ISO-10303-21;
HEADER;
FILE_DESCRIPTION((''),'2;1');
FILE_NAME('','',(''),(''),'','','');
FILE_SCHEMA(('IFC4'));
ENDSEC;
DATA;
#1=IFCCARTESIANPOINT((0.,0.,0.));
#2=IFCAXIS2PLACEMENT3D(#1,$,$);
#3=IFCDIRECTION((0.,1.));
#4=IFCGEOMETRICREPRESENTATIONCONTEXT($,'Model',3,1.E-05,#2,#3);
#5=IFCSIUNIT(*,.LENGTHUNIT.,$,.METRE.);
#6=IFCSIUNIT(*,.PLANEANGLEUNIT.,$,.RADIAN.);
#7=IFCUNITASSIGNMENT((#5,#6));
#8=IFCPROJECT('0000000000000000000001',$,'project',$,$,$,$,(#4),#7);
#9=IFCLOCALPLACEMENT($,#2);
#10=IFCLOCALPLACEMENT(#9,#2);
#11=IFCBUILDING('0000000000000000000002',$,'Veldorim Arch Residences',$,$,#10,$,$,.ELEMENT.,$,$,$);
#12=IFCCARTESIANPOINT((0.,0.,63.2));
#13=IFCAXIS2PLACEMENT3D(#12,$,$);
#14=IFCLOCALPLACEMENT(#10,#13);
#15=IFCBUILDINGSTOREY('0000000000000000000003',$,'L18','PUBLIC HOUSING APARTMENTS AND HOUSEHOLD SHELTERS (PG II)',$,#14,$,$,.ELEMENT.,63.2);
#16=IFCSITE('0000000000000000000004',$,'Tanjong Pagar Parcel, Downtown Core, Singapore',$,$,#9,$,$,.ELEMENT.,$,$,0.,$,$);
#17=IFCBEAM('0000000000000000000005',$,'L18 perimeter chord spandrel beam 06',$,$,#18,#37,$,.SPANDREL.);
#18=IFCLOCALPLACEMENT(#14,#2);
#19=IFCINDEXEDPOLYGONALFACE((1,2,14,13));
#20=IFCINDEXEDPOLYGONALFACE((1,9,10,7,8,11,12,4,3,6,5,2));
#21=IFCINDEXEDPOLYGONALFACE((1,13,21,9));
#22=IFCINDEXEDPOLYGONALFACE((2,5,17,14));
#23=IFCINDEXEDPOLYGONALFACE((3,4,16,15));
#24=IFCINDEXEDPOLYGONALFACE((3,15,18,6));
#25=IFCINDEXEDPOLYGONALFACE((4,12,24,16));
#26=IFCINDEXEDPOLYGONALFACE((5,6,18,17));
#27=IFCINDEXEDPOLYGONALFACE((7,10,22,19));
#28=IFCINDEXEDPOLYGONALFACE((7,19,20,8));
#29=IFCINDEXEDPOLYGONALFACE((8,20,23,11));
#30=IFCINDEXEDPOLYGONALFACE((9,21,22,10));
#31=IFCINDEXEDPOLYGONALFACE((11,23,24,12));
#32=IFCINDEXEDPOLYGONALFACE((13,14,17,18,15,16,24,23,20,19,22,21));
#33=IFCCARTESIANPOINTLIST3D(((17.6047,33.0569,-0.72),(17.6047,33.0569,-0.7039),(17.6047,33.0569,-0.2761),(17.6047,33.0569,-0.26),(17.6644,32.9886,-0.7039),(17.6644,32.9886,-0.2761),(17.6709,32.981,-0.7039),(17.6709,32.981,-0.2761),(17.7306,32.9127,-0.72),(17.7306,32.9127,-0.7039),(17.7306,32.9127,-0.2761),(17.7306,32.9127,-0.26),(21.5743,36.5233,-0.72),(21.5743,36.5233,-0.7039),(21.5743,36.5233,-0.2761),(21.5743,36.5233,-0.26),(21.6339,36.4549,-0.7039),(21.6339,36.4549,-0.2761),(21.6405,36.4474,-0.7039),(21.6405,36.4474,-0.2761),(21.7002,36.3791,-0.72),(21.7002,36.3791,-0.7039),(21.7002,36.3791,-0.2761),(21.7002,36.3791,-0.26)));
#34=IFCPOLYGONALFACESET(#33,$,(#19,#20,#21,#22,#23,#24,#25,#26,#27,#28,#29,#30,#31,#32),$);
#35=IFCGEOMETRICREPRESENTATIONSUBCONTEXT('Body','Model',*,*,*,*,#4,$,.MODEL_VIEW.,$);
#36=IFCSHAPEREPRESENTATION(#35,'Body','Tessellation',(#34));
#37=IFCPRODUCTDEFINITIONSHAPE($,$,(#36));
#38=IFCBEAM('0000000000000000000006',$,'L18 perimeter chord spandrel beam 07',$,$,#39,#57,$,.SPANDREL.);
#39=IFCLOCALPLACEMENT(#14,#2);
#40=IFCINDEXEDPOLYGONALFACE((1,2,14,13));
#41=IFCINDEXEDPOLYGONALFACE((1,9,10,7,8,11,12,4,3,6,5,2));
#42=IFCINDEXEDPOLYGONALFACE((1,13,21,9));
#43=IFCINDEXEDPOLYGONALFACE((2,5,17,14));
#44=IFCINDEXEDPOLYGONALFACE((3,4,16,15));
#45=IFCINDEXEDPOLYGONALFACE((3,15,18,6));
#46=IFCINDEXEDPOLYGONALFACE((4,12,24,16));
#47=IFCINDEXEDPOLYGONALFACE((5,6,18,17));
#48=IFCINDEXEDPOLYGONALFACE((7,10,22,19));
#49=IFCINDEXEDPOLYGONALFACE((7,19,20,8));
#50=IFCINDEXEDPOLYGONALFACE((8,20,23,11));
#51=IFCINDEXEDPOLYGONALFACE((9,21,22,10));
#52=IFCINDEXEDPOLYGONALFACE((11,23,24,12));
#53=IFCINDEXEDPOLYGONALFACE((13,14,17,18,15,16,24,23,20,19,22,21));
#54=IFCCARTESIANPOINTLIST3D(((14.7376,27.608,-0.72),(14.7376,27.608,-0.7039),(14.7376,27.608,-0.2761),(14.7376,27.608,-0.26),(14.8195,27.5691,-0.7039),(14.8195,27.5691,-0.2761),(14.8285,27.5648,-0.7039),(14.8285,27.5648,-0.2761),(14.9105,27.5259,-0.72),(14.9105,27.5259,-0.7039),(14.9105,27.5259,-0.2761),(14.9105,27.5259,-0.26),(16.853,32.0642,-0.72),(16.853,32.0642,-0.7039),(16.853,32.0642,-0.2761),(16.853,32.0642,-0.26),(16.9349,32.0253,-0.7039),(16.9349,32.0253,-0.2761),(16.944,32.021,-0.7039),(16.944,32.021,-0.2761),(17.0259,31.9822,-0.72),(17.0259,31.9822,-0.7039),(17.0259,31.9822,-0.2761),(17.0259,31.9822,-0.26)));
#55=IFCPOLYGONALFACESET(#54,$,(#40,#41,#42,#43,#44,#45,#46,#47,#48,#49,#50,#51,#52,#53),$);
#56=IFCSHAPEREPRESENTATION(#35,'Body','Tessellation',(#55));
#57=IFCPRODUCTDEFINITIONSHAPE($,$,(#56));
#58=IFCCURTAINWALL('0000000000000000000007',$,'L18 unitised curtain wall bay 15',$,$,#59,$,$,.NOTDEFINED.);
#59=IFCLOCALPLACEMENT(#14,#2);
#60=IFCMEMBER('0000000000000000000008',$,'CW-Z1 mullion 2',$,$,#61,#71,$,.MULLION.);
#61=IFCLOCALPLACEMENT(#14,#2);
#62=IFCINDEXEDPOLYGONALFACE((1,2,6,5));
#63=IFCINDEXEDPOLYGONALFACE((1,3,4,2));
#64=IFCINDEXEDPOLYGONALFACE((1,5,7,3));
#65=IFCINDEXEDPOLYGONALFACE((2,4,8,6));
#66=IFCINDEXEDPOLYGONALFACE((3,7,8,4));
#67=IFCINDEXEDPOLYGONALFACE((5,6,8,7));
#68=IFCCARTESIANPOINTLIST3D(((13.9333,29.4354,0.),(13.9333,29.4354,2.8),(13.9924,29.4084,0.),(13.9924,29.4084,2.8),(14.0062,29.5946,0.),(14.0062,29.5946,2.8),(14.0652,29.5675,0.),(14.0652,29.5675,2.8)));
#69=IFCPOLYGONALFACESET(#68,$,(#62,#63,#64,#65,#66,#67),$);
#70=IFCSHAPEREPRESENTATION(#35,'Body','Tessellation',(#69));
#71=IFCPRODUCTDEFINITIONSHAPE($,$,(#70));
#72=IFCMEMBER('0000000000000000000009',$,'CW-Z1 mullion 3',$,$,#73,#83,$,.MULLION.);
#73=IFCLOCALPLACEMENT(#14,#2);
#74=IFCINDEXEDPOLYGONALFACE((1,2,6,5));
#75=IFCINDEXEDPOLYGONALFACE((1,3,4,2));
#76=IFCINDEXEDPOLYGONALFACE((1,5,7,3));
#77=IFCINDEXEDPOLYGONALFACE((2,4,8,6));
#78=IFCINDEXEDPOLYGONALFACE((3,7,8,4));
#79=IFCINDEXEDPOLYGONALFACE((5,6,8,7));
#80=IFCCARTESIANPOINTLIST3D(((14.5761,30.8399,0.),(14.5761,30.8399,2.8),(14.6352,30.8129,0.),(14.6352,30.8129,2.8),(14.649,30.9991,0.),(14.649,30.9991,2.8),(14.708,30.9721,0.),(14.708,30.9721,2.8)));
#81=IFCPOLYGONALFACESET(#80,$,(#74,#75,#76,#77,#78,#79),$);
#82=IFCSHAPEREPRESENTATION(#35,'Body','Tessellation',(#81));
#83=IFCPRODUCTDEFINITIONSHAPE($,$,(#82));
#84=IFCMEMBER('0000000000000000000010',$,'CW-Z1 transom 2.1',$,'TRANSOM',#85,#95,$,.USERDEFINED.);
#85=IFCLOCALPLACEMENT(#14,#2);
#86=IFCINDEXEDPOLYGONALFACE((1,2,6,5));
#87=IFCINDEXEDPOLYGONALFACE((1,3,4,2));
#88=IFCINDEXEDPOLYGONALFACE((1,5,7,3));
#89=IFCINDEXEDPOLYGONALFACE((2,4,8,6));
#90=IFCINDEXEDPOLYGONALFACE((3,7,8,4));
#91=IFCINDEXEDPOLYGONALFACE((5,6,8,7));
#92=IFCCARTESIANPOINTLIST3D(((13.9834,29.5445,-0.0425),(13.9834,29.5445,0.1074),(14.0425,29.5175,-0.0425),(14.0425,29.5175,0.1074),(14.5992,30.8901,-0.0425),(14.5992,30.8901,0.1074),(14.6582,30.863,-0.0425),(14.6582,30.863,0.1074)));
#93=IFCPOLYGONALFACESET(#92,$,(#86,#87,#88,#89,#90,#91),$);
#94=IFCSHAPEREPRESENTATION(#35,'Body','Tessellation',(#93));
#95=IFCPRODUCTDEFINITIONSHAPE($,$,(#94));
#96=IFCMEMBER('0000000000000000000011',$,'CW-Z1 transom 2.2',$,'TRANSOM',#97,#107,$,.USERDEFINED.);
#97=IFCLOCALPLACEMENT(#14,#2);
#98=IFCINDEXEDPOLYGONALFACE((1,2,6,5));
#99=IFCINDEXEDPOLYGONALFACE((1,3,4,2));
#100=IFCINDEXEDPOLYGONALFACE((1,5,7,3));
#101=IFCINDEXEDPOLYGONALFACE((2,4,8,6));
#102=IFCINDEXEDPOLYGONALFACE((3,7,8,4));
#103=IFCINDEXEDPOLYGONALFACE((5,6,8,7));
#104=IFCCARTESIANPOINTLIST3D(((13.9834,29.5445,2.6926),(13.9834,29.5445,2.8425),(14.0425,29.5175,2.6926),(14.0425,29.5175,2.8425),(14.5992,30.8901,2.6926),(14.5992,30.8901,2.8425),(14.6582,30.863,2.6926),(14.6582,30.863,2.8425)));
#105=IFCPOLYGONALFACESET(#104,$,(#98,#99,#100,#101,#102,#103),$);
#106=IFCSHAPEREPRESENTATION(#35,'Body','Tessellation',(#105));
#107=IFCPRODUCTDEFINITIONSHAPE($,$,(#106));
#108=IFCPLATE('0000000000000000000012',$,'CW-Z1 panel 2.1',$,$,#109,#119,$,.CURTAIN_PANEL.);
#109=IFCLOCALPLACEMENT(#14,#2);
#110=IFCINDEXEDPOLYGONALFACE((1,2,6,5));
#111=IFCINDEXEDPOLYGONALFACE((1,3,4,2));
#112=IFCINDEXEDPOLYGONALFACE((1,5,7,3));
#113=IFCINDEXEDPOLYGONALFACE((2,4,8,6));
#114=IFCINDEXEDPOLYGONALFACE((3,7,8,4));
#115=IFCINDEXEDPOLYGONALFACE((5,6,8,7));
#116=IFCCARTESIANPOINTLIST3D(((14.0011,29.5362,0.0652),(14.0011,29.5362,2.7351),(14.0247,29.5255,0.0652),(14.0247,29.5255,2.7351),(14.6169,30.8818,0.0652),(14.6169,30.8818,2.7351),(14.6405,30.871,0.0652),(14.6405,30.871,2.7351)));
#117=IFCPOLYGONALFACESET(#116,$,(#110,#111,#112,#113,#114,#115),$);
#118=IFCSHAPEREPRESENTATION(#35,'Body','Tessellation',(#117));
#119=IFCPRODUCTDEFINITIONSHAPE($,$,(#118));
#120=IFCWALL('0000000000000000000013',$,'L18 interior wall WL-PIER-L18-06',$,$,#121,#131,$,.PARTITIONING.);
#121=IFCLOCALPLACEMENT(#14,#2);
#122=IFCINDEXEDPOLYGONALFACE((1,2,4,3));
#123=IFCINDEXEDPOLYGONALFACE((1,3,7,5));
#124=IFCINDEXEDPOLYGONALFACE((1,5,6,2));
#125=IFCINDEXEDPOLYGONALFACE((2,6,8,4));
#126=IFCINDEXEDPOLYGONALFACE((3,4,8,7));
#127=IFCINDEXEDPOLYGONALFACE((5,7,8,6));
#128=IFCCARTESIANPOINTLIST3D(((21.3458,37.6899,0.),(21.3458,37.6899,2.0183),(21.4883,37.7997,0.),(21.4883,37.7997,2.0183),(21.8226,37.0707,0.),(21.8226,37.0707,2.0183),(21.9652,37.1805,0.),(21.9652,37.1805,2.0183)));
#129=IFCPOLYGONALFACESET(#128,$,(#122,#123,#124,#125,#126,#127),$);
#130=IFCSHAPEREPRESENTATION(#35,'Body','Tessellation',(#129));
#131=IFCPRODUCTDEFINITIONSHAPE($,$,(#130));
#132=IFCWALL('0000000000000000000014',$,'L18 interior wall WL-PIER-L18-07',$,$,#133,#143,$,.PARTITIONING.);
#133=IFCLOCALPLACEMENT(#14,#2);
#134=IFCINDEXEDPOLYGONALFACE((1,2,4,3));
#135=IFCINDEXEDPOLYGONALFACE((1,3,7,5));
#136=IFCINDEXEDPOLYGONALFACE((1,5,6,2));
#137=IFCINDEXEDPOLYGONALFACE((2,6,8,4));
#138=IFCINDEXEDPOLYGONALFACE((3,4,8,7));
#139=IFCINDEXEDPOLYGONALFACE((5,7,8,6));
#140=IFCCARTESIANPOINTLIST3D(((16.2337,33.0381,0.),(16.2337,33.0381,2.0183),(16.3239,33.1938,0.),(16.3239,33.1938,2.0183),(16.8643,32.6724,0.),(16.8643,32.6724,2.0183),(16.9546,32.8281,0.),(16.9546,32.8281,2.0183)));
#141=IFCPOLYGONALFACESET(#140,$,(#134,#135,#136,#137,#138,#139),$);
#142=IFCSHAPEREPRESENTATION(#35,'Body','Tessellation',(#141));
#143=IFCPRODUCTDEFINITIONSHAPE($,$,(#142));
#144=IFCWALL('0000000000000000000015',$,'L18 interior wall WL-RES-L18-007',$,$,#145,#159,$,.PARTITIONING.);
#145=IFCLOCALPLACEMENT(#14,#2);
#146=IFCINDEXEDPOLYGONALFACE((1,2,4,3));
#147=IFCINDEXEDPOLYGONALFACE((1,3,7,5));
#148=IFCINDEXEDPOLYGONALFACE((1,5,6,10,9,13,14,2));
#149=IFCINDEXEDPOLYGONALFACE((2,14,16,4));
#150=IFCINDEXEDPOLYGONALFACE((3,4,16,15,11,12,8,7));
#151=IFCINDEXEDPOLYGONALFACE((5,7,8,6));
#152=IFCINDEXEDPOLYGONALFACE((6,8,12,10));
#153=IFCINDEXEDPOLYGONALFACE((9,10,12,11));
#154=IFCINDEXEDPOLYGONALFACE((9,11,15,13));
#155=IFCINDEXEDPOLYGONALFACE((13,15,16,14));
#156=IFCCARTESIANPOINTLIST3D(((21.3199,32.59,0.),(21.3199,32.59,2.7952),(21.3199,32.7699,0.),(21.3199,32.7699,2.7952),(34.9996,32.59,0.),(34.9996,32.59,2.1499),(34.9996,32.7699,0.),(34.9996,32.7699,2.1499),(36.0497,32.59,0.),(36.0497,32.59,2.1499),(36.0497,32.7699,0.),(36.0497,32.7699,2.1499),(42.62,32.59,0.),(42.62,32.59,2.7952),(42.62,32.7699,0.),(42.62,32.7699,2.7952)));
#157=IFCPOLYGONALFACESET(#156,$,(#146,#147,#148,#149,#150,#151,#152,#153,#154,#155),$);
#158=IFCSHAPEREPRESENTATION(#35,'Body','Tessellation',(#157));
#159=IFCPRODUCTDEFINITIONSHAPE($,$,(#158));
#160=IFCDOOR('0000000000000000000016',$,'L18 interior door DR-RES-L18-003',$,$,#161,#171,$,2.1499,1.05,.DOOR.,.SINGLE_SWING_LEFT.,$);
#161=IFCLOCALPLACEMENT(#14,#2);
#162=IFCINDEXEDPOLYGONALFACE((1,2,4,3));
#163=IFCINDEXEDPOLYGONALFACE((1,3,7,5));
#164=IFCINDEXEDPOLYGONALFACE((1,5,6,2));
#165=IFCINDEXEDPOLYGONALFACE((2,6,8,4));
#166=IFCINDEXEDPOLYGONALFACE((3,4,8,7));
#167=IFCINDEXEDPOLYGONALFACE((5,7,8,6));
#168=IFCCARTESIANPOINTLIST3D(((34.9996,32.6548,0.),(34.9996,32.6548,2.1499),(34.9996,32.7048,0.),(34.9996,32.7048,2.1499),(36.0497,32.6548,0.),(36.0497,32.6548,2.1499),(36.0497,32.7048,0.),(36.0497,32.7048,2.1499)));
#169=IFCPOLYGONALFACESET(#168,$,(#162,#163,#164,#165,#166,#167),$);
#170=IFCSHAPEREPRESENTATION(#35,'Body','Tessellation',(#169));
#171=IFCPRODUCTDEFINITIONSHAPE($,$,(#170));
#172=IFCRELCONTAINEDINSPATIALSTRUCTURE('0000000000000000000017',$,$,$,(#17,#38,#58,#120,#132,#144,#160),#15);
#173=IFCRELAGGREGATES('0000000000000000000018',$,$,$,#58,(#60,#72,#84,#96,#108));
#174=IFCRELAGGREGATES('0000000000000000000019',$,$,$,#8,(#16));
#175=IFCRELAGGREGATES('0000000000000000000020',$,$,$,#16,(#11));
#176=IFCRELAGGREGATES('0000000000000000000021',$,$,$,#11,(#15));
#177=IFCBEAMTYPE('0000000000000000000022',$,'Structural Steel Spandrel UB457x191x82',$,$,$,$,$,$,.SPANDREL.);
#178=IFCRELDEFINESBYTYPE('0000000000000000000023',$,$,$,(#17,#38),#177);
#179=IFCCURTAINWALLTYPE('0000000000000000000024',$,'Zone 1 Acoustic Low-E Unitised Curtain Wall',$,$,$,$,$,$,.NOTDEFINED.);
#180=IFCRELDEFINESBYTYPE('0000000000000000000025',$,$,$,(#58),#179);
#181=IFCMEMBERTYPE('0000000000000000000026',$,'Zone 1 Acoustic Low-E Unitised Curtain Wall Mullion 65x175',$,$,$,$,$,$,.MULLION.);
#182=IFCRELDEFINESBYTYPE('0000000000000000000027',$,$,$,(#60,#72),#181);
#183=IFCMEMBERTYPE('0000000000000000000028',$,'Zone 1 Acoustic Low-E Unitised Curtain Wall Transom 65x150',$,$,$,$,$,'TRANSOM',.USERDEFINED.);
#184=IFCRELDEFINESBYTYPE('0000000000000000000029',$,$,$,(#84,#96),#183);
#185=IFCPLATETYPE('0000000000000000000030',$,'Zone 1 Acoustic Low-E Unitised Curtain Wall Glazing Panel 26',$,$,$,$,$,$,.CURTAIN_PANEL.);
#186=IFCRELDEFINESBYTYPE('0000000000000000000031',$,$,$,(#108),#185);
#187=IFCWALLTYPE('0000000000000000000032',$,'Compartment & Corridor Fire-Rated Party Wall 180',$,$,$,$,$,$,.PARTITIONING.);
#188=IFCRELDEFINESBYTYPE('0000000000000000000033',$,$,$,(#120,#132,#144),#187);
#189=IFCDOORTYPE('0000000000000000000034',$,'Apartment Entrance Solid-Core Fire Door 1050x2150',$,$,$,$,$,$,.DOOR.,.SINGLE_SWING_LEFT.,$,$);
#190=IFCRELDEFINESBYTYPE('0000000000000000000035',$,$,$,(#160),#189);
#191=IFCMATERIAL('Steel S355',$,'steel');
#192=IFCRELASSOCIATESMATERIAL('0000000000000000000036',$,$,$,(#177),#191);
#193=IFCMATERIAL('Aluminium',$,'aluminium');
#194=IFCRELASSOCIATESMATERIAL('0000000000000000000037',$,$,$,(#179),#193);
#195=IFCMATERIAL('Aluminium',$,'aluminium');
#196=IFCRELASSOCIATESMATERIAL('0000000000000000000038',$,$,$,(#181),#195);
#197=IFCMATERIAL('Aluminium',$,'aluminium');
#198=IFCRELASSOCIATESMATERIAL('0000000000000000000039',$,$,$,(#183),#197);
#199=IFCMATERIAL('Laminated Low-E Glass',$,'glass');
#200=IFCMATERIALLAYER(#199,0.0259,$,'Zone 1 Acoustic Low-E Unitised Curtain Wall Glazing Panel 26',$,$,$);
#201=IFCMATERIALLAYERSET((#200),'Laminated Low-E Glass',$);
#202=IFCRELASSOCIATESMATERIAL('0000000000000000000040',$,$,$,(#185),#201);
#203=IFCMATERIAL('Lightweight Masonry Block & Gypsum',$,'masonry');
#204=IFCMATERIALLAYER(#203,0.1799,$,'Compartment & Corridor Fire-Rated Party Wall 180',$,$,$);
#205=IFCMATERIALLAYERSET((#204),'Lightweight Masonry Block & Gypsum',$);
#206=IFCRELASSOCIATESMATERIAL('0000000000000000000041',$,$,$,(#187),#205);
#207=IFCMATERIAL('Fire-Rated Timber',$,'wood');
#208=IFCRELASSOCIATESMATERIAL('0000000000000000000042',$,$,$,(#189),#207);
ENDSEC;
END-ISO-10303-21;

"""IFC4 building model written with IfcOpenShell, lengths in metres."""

from ifc_helpers import new_model, si_unit, direction, frame, frame_2d, origin, origin_2d, place, context, subcontext, project, spatial, rectangle, i_section, extrude, material, layer, layer_set, material_profile, profile_set, type_object, element, fill, aggregate, save


model = new_model("IFC4")

# Units and contexts
model_context = context("Model", 3, precision=1e-05, world=origin(), true_north=direction((0.0, 1.0)))
body_context = subcontext(model_context, "Body", "Model", "MODEL_VIEW")
ifc_project = project(units=[si_unit("LENGTHUNIT", "METRE"), si_unit("PLANEANGLEUNIT", "RADIAN")], contexts=[model_context])

# Site, building, storey
site_placement = place(None, origin())
site = spatial("IfcSite", under=ifc_project, at=site_placement, Name="Tanjong Pagar Parcel, Downtown Core, Singapore", CompositionType="ELEMENT", RefElevation=0.0)
building_placement = place(site_placement, origin())
building = spatial("IfcBuilding", under=site, at=building_placement, Name="Veldorim Arch Residences", CompositionType="ELEMENT")
storey_placement = place(building_placement, frame((0.0, 0.0, 63.2)))
storey = spatial("IfcBuildingStorey", under=building, at=storey_placement, Name="L18", Description="PUBLIC HOUSING APARTMENTS AND HOUSEHOLD SHELTERS (PG II)", CompositionType="ELEMENT", Elevation=63.2)

# Beams
ifc_material_1 = material(Name="Steel S355", Category="steel")
ifc_material_profile_1 = material_profile(ifc_material_1, i_section(OverallWidth=0.1914, OverallDepth=0.46, WebThickness=0.01, FlangeThickness=0.0161, at=origin_2d()), Name="UB457x191x82")
ifc_profile_set_1 = profile_set([ifc_material_profile_1], Name="Steel S355")
beam_type_1 = type_object("IfcBeamType", Name="Structural Steel Spandrel UB457x191x82", PredefinedType="SPANDREL", material=ifc_profile_set_1)
beam_1_placement = place(storey_placement, frame((21.6372, 36.4512, -0.49), z_axis=(-0.753234, -0.657753, 0.0), x_axis=(0.657753, -0.753234, 0.0)))
element("IfcBeam", 1, at=beam_1_placement, inside=storey, type_object=beam_type_1, Name="L18 perimeter chord spandrel beam 06", PredefinedType="SPANDREL", context=body_context, shape_type="SweptSolid", body=[
    extrude(i_section(OverallWidth=0.1914, OverallDepth=0.46, WebThickness=0.01, FlangeThickness=0.0161, at=origin_2d()), origin(), (0.0, 0.0, 1.0), 5.27),
])
beam_2_placement = place(storey_placement, frame((16.9395, 32.0232, -0.49), z_axis=(-0.428848, -0.903377, 0.0), x_axis=(0.903377, -0.428848, 0.0)))
element("IfcBeam", 2, at=beam_2_placement, inside=storey, type_object=beam_type_1, Name="L18 perimeter chord spandrel beam 07", PredefinedType="SPANDREL", context=body_context, shape_type="SweptSolid", body=[
    extrude(i_section(OverallWidth=0.1914, OverallDepth=0.46, WebThickness=0.01, FlangeThickness=0.0161, at=origin_2d()), origin(), (0.0, 0.0, 1.0), 4.9329),
])

# Curtain wall, members, plate
ifc_material_2 = material(Name="Aluminium", Category="aluminium")
curtain_wall_type = type_object("IfcCurtainWallType", Name="Zone 1 Acoustic Low-E Unitised Curtain Wall", PredefinedType="NOTDEFINED", material=ifc_material_2)
curtain_wall_placement = place(storey_placement, origin())
curtain_wall = element("IfcCurtainWall", 3, at=curtain_wall_placement, inside=storey, type_object=curtain_wall_type, Name="L18 unitised curtain wall bay 15", PredefinedType="NOTDEFINED")
ifc_material_3 = material(Name="Aluminium", Category="aluminium")
ifc_material_profile_2 = material_profile(ifc_material_3, rectangle(XDim=0.0649, YDim=0.175, at=origin_2d()), Name="ALU_MUL_65x175")
ifc_profile_set_2 = profile_set([ifc_material_profile_2], Name="Aluminium")
member_type_1 = type_object("IfcMemberType", Name="Zone 1 Acoustic Low-E Unitised Curtain Wall Mullion 65x175", PredefinedType="MULLION", material=ifc_profile_set_2)
member_1_placement = place(storey_placement, frame((13.9993, 29.5015, 0.0), z_axis=(0.0, 0.0, 1.0), x_axis=(-0.909303, 0.416135, 0.0)))
member_1 = element("IfcMember", 4, at=member_1_placement, type_object=member_type_1, Name="CW-Z1 mullion 2", PredefinedType="MULLION", context=body_context, shape_type="SweptSolid", body=[
    extrude(rectangle(XDim=0.0649, YDim=0.175, at=origin_2d()), origin(), (0.0, 0.0, 1.0), 2.8),
])
member_2_placement = place(storey_placement, frame((14.6421, 30.906, 0.0), z_axis=(0.0, 0.0, 1.0), x_axis=(-0.909303, 0.416135, 0.0)))
member_2 = element("IfcMember", 5, at=member_2_placement, type_object=member_type_1, Name="CW-Z1 mullion 3", PredefinedType="MULLION", context=body_context, shape_type="SweptSolid", body=[
    extrude(rectangle(XDim=0.0649, YDim=0.175, at=origin_2d()), origin(), (0.0, 0.0, 1.0), 2.8),
])
ifc_material_4 = material(Name="Aluminium", Category="aluminium")
ifc_material_profile_3 = material_profile(ifc_material_4, rectangle(XDim=0.0649, YDim=0.1499, at=origin_2d()), Name="ALU_TRN_65x150")
ifc_profile_set_3 = profile_set([ifc_material_profile_3], Name="Aluminium")
member_type_2 = type_object("IfcMemberType", Name="Zone 1 Acoustic Low-E Unitised Curtain Wall Transom 65x150", ElementType="TRANSOM", PredefinedType="USERDEFINED", material=ifc_profile_set_3)
member_3_placement = place(storey_placement, frame((14.0129, 29.531, 0.0325), z_axis=(0.416126, 0.909307, 0.0), x_axis=(-0.909307, 0.416126, 0.0)))
member_3 = element("IfcMember", 6, at=member_3_placement, type_object=member_type_2, Name="CW-Z1 transom 2.1", ObjectType="TRANSOM", PredefinedType="USERDEFINED", context=body_context, shape_type="SweptSolid", body=[
    extrude(rectangle(XDim=0.0649, YDim=0.1499, at=origin_2d()), origin(), (0.0, 0.0, 1.0), 1.4797),
])
member_4_placement = place(storey_placement, frame((14.0129, 29.531, 2.7676), z_axis=(0.416126, 0.909307, 0.0), x_axis=(-0.909307, 0.416126, 0.0)))
member_4 = element("IfcMember", 7, at=member_4_placement, type_object=member_type_2, Name="CW-Z1 transom 2.2", ObjectType="TRANSOM", PredefinedType="USERDEFINED", context=body_context, shape_type="SweptSolid", body=[
    extrude(rectangle(XDim=0.0649, YDim=0.1499, at=origin_2d()), origin(), (0.0, 0.0, 1.0), 1.4797),
])
ifc_material_5 = material(Name="Laminated Low-E Glass", Category="glass")
ifc_layer_1 = layer(ifc_material_5, 0.0259, Name="Zone 1 Acoustic Low-E Unitised Curtain Wall Glazing Panel 26")
ifc_layer_set_1 = layer_set([ifc_layer_1], Name="Laminated Low-E Glass")
plate_type = type_object("IfcPlateType", Name="Zone 1 Acoustic Low-E Unitised Curtain Wall Glazing Panel 26", PredefinedType="CURTAIN_PANEL", material=ifc_layer_set_1)
plate_placement = place(storey_placement, frame((14.3208, 30.2036, 0.0652), z_axis=(0.0, 0.0, 1.0), x_axis=(0.416135, 0.909303, 0.0)))
plate = element("IfcPlate", 8, at=plate_placement, type_object=plate_type, Name="CW-Z1 panel 2.1", PredefinedType="CURTAIN_PANEL", context=body_context, shape_type="SweptSolid", body=[
    extrude(rectangle(XDim=1.4797, YDim=0.0259, at=origin_2d()), origin(), (0.0, 0.0, 1.0), 2.6699),
])
aggregate(curtain_wall, [member_1, member_2, member_3, member_4, plate])

# Walls
ifc_material_6 = material(Name="Lightweight Masonry Block & Gypsum", Category="masonry")
ifc_layer_2 = layer(ifc_material_6, 0.1799, Name="Compartment & Corridor Fire-Rated Party Wall 180")
ifc_layer_set_2 = layer_set([ifc_layer_2], Name="Lightweight Masonry Block & Gypsum")
wall_type_1 = type_object("IfcWallType", Name="Compartment & Corridor Fire-Rated Party Wall 180", PredefinedType="PARTITIONING", material=ifc_layer_set_2)
wall_1_placement = place(storey_placement, frame((21.8938, 37.1257, 0.0), z_axis=(0.0, 0.0, 1.0), x_axis=(-0.610149, 0.792287, 0.0)))
element("IfcWall", 9, at=wall_1_placement, inside=storey, type_object=wall_type_1, Name="L18 interior wall WL-PIER-L18-06", PredefinedType="PARTITIONING", context=body_context, shape_type="SweptSolid", body=[
    extrude(rectangle(XDim=0.7815, YDim=0.1799, at=frame_2d((0.3906, 0.0))), origin(), (0.0, 0.0, 1.0), 2.0183),
])
wall_2_placement = place(storey_placement, frame((16.9094, 32.7502, 0.0), z_axis=(0.0, 0.0, 1.0), x_axis=(-0.865052, 0.501683, 0.0)))
element("IfcWall", 10, at=wall_2_placement, inside=storey, type_object=wall_type_1, Name="L18 interior wall WL-PIER-L18-07", PredefinedType="PARTITIONING", context=body_context, shape_type="SweptSolid", body=[
    extrude(rectangle(XDim=0.729, YDim=0.1799, at=frame_2d((0.3645, 0.0))), origin(), (0.0, 0.0, 1.0), 2.0183),
])

# Wall, opening, door
wall_3_placement = place(storey_placement, frame((21.3201, 32.6799, 0.0), z_axis=(0.0, 0.0, 1.0), x_axis=(1.0, 0.0, 0.0)))
wall_3 = element("IfcWall", 11, at=wall_3_placement, inside=storey, type_object=wall_type_1, Name="L18 interior wall WL-RES-L18-007", PredefinedType="PARTITIONING", context=body_context, shape_type="SweptSolid", body=[
    extrude(rectangle(XDim=21.3, YDim=0.1799, at=frame_2d((10.6499, 0.0))), origin(), (0.0, 0.0, 1.0), 2.7952),
])
opening_1_placement = place(wall_3_placement, frame((13.6797, 0.0, 0.0)))
opening_1 = element("IfcOpeningElement", 12, at=opening_1_placement, cuts=wall_3, PredefinedType="OPENING", context=body_context, shape_type="SweptSolid", body=[
    extrude(rectangle(XDim=1.05, YDim=2.1499, at=frame_2d((0.5249, 1.075))), frame((0.0, 0.0999, 0.0), z_axis=(0.0, -1.0, 0.0), x_axis=(1.0, 0.0, 0.0)), (0.0, 0.0, 1.0), 0.2),
])
ifc_material_7 = material(Name="Fire-Rated Timber", Category="wood")
door_type = type_object("IfcDoorType", Name="Apartment Entrance Solid-Core Fire Door 1050x2150", OperationType="SINGLE_SWING_LEFT", PredefinedType="DOOR", material=ifc_material_7)
door_placement = place(opening_1_placement, origin())
door = element("IfcDoor", 13, at=door_placement, inside=storey, type_object=door_type, Name="L18 interior door DR-RES-L18-003", OperationType="SINGLE_SWING_LEFT", OverallHeight=2.1499, OverallWidth=1.05, PredefinedType="DOOR", context=body_context, shape_type="SweptSolid", body=[
    extrude(rectangle(XDim=1.05, YDim=2.1499, at=frame_2d((0.5249, 1.075))), frame((0.0, 0.0249, 0.0), z_axis=(0.0, -1.0, 0.0), x_axis=(1.0, 0.0, 0.0)), (0.0, 0.0, 1.0), 0.05),
])
fill(opening_1, door)

save(model, "model.ifc")
